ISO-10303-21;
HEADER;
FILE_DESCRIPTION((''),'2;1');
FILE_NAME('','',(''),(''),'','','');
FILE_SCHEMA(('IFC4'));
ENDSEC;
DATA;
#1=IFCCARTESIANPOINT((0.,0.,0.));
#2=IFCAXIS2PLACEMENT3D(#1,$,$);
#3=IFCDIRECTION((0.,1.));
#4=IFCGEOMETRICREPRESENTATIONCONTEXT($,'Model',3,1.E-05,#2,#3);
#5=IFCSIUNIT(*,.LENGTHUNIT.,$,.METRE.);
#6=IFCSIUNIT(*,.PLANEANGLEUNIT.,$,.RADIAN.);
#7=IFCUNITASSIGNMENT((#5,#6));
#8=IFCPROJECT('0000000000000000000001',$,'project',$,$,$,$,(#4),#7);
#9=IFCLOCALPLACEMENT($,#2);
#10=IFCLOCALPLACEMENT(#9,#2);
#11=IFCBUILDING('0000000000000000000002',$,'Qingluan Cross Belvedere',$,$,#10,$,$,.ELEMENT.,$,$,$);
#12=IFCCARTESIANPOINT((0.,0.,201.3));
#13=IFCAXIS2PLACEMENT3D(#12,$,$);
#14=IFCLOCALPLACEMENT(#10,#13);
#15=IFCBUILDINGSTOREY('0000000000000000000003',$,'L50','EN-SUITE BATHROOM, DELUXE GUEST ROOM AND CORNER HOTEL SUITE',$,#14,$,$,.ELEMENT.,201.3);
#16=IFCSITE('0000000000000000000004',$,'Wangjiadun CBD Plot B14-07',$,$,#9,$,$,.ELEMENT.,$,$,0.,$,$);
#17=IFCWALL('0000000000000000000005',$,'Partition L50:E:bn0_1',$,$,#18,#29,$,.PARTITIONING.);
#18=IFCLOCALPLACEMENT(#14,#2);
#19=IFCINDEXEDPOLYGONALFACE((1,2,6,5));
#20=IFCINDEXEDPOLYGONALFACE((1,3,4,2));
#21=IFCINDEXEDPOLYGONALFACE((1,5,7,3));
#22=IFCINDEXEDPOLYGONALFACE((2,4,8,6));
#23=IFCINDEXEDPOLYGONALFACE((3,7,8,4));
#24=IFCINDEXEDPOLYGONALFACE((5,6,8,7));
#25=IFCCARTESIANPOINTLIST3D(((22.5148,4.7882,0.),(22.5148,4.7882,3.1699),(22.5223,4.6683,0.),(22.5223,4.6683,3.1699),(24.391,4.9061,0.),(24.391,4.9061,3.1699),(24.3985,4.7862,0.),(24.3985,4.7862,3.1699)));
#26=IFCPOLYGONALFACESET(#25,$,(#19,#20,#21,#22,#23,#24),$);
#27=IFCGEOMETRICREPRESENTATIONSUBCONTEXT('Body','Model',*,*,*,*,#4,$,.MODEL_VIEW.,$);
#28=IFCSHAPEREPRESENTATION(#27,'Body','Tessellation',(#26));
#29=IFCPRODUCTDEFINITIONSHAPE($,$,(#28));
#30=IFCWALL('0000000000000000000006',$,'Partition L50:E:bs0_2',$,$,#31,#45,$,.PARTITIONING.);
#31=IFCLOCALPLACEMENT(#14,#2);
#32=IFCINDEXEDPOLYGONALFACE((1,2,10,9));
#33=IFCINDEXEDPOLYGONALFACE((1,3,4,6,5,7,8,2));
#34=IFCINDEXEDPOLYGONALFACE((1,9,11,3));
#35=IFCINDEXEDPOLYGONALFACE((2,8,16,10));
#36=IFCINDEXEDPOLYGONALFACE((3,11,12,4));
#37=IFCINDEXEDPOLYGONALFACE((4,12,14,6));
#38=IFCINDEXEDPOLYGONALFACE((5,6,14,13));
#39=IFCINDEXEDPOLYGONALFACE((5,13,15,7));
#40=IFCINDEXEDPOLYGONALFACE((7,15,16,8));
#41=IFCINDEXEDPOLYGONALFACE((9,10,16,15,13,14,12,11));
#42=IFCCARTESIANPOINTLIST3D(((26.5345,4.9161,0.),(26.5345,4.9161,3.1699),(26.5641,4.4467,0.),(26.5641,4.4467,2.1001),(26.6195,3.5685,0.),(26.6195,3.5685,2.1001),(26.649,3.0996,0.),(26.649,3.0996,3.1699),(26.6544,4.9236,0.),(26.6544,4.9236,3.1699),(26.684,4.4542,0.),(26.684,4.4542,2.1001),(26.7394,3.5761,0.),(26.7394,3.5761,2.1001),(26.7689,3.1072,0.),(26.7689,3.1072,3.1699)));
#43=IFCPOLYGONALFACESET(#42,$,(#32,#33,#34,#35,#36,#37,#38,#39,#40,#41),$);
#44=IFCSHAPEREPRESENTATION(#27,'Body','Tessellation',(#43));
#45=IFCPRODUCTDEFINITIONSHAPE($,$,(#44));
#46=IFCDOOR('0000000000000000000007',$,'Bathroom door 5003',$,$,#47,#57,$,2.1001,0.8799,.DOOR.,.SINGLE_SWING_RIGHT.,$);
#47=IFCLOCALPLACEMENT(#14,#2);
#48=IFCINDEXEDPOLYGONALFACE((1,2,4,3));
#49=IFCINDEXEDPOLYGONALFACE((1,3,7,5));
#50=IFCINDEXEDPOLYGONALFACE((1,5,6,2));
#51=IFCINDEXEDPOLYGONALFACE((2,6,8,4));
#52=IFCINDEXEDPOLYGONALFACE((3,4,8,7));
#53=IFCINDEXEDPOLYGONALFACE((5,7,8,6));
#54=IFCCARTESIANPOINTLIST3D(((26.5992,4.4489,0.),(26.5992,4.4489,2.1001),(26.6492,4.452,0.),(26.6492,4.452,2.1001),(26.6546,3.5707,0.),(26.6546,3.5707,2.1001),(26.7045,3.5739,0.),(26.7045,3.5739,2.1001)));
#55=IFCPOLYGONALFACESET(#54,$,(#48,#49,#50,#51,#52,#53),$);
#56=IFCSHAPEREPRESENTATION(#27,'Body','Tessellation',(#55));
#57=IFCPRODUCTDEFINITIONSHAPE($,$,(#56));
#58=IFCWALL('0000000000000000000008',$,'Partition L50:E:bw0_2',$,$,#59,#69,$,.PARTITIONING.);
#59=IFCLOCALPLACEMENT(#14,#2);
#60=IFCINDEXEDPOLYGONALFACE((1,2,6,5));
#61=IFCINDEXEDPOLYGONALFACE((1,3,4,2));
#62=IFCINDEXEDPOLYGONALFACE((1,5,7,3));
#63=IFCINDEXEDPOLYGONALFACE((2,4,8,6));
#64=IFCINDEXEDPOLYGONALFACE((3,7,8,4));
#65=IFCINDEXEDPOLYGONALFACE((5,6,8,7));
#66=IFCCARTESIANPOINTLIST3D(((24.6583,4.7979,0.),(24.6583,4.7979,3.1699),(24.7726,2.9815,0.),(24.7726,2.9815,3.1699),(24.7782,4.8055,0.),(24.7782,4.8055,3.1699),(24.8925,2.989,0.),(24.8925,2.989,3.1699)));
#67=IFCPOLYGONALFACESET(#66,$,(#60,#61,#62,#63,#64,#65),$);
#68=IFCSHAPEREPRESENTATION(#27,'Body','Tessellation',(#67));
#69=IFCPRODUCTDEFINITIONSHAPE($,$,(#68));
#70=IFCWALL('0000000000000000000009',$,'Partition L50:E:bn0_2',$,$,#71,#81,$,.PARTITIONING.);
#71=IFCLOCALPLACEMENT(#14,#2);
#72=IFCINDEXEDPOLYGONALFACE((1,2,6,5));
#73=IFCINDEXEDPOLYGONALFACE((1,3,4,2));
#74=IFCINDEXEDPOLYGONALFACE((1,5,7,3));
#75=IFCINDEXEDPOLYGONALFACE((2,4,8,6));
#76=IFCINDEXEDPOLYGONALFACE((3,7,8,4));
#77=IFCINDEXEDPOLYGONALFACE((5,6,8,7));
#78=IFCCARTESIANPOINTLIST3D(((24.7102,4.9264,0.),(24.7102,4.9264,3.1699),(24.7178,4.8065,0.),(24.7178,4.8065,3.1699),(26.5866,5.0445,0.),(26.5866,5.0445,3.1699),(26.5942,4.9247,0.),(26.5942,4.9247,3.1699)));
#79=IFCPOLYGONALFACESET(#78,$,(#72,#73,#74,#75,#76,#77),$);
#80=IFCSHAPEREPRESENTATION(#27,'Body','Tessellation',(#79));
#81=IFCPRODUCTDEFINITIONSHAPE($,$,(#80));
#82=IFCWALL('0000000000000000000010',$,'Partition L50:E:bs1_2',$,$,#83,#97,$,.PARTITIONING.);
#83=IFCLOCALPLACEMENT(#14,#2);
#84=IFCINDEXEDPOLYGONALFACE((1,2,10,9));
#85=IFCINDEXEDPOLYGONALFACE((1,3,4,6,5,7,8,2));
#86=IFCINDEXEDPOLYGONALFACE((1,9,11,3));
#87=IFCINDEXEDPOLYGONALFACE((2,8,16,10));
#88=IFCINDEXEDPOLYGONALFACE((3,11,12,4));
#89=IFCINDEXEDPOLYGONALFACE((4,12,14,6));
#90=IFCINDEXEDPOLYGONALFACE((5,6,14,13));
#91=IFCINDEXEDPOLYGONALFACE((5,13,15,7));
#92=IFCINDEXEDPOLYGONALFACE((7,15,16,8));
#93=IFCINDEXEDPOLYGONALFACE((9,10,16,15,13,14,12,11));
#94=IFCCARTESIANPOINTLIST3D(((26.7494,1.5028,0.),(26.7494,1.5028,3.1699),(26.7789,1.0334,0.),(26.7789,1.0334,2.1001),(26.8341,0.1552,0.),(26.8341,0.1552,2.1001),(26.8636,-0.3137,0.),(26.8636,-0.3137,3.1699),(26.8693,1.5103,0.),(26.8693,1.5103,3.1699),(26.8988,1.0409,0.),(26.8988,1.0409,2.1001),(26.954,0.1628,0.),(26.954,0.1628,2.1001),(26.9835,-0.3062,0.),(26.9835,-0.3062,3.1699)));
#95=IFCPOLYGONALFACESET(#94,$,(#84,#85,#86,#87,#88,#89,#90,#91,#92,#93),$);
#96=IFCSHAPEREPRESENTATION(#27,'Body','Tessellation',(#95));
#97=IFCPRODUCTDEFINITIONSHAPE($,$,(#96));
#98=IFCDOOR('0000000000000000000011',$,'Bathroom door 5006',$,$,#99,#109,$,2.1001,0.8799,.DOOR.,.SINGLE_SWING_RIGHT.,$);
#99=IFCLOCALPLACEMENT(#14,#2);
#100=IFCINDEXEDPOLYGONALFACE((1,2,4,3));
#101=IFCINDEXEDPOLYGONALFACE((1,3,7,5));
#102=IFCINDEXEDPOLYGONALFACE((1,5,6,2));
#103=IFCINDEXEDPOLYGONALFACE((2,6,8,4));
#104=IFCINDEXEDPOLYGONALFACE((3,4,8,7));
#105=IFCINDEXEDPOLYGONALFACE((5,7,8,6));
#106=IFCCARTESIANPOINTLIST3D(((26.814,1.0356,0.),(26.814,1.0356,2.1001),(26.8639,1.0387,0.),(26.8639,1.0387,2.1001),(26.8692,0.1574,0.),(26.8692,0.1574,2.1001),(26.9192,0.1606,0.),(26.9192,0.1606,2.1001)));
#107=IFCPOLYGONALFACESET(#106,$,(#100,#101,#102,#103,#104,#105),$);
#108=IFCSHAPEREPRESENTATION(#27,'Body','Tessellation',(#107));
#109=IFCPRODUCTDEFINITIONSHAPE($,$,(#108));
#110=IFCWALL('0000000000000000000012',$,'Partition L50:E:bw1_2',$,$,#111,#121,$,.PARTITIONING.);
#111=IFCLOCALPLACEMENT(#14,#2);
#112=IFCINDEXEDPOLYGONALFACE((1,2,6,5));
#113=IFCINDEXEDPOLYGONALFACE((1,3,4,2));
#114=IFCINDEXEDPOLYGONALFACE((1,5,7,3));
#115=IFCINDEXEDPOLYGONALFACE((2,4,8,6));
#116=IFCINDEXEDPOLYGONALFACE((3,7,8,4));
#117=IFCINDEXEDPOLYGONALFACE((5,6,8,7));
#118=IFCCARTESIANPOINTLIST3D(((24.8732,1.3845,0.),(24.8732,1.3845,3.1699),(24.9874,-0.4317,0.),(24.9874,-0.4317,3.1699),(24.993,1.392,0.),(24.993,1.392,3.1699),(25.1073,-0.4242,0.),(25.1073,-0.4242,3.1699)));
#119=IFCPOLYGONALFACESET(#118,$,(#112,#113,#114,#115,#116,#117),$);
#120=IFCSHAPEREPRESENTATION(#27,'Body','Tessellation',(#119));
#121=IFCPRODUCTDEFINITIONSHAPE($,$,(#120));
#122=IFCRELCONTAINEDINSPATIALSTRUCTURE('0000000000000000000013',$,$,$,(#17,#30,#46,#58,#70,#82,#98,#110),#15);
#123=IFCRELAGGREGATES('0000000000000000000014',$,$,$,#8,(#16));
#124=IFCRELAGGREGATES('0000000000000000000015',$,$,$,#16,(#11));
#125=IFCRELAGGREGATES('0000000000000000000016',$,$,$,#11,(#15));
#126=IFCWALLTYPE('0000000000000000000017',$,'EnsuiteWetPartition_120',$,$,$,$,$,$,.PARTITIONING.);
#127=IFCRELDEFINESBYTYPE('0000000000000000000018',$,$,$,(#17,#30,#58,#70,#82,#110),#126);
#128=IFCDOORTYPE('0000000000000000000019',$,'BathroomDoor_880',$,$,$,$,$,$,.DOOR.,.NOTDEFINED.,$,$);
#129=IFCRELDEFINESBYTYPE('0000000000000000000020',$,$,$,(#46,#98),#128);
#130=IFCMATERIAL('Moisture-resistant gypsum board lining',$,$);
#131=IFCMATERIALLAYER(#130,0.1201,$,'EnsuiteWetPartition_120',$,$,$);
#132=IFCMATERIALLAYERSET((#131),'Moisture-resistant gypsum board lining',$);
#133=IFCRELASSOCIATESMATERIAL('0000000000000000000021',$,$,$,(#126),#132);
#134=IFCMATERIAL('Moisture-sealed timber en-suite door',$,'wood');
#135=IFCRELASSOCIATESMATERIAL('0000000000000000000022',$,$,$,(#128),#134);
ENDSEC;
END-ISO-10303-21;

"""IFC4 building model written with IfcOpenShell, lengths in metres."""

from ifc_helpers import new_model, si_unit, direction, frame, frame_2d, origin, place, context, subcontext, project, spatial, rectangle, extrude, material, layer, layer_set, type_object, element, fill, save


model = new_model("IFC4")

# Units and contexts
model_context = context("Model", 3, precision=1e-05, world=origin(), true_north=direction((0.0, 1.0)))
body_context = subcontext(model_context, "Body", "Model", "MODEL_VIEW")
ifc_project = project(units=[si_unit("LENGTHUNIT", "METRE"), si_unit("PLANEANGLEUNIT", "RADIAN")], contexts=[model_context])

# Site, building, storey
site_placement = place(None, origin())
site = spatial("IfcSite", under=ifc_project, at=site_placement, Name="Wangjiadun CBD Plot B14-07", CompositionType="ELEMENT", RefElevation=0.0)
building_placement = place(site_placement, origin())
building = spatial("IfcBuilding", under=site, at=building_placement, Name="Qingluan Cross Belvedere", CompositionType="ELEMENT")
storey_placement = place(building_placement, frame((0.0, 0.0, 201.3)))
storey = spatial("IfcBuildingStorey", under=building, at=storey_placement, Name="L50", Description="EN-SUITE BATHROOM, DELUXE GUEST ROOM AND CORNER HOTEL SUITE", CompositionType="ELEMENT", Elevation=201.3)

# Shared definitions
ifc_material_1 = material(Name="Moisture-resistant gypsum board lining")
ifc_layer_1 = layer(ifc_material_1, 0.1201, Name="EnsuiteWetPartition_120")
ifc_layer_set_1 = layer_set([ifc_layer_1], Name="Moisture-resistant gypsum board lining")
wall_type_1 = type_object("IfcWallType", Name="EnsuiteWetPartition_120", PredefinedType="PARTITIONING", material=ifc_layer_set_1)
ifc_material_2 = material(Name="Moisture-sealed timber en-suite door", Category="wood")
door_type_1 = type_object("IfcDoorType", Name="BathroomDoor_880", OperationType="NOTDEFINED", PredefinedType="DOOR", material=ifc_material_2)

# Wall
wall_1_placement = place(storey_placement, frame((22.5186, 4.7283, 0.0), z_axis=(0.0, 0.0, 1.0), x_axis=(0.998031, 0.062726, 0.0)))
element("IfcWall", 1, at=wall_1_placement, inside=storey, type_object=wall_type_1, Name="Partition L50:E:bn0_1", PredefinedType="PARTITIONING", context=body_context, shape_type="SweptSolid", body=[
    extrude(rectangle(XDim=1.8799, YDim=0.1201, at=frame_2d((0.9399, 0.0))), origin(), (0.0, 0.0, 1.0), 3.1699),
])

# Wall, opening, door
wall_2_placement = place(storey_placement, frame((26.709, 3.1033, 0.0), z_axis=(0.0, 0.0, 1.0), x_axis=(-0.062913, 0.998019, 0.0)))
wall_2 = element("IfcWall", 2, at=wall_2_placement, inside=storey, type_object=wall_type_1, Name="Partition L50:E:bs0_2", PredefinedType="PARTITIONING", context=body_context, shape_type="SweptSolid", body=[
    extrude(rectangle(XDim=1.8201, YDim=0.1201, at=frame_2d((0.9102, 0.0))), origin(), (0.0, 0.0, 1.0), 3.1699),
])
opening_1_placement = place(wall_2_placement, frame((0.47, 0.0, 0.0)))
opening_1 = element("IfcOpeningElement", 3, at=opening_1_placement, cuts=wall_2, PredefinedType="OPENING", context=body_context, shape_type="SweptSolid", body=[
    extrude(rectangle(XDim=0.8799, YDim=2.1001, at=frame_2d((0.4399, 1.05))), frame((0.0, 0.0701, 0.0), z_axis=(0.0, -1.0, 0.0), x_axis=(1.0, 0.0, 0.0)), (0.0, 0.0, 1.0), 0.1401),
])
door_1_placement = place(opening_1_placement, origin())
door_1 = element("IfcDoor", 4, at=door_1_placement, inside=storey, type_object=door_type_1, Name="Bathroom door 5003", OperationType="SINGLE_SWING_RIGHT", OverallHeight=2.1001, OverallWidth=0.8799, PredefinedType="DOOR", context=body_context, shape_type="SweptSolid", body=[
    extrude(rectangle(XDim=0.8799, YDim=2.1001, at=frame_2d((0.4399, 1.05))), frame((0.0, 0.0249, 0.0), z_axis=(0.0, -1.0, 0.0), x_axis=(1.0, 0.0, 0.0)), (0.0, 0.0, 1.0), 0.05),
])
fill(opening_1, door_1)

# Walls
wall_3_placement = place(storey_placement, frame((24.8325, 2.9851, 0.0), z_axis=(0.0, 0.0, 1.0), x_axis=(-0.062779, 0.998027, 0.0)))
element("IfcWall", 5, at=wall_3_placement, inside=storey, type_object=wall_type_1, Name="Partition L50:E:bw0_2", PredefinedType="PARTITIONING", context=body_context, shape_type="SweptSolid", body=[
    extrude(rectangle(XDim=1.8201, YDim=0.1201, at=frame_2d((0.9102, 0.0))), origin(), (0.0, 0.0, 1.0), 3.1699),
])
wall_4_placement = place(storey_placement, frame((24.7141, 4.8665, 0.0), z_axis=(0.0, 0.0, 1.0), x_axis=(0.998023, 0.062847, 0.0)))
element("IfcWall", 6, at=wall_4_placement, inside=storey, type_object=wall_type_1, Name="Partition L50:E:bn0_2", PredefinedType="PARTITIONING", context=body_context, shape_type="SweptSolid", body=[
    extrude(rectangle(XDim=1.8801, YDim=0.1201, at=frame_2d((0.9399, 0.0))), origin(), (0.0, 0.0, 1.0), 3.1699),
])

# Wall, opening, door
wall_5_placement = place(storey_placement, frame((26.9236, -0.3101, 0.0), z_axis=(0.0, 0.0, 1.0), x_axis=(-0.062779, 0.998027, 0.0)))
wall_5 = element("IfcWall", 7, at=wall_5_placement, inside=storey, type_object=wall_type_1, Name="Partition L50:E:bs1_2", PredefinedType="PARTITIONING", context=body_context, shape_type="SweptSolid", body=[
    extrude(rectangle(XDim=1.8201, YDim=0.1201, at=frame_2d((0.9102, 0.0))), origin(), (0.0, 0.0, 1.0), 3.1699),
])
opening_2_placement = place(wall_5_placement, frame((0.47, 0.0, 0.0)))
opening_2 = element("IfcOpeningElement", 8, at=opening_2_placement, cuts=wall_5, PredefinedType="OPENING", context=body_context, shape_type="SweptSolid", body=[
    extrude(rectangle(XDim=0.8799, YDim=2.1001, at=frame_2d((0.4399, 1.05))), frame((0.0, 0.0701, 0.0), z_axis=(0.0, -1.0, 0.0), x_axis=(1.0, 0.0, 0.0)), (0.0, 0.0, 1.0), 0.1401),
])
door_2_placement = place(opening_2_placement, origin())
door_2 = element("IfcDoor", 9, at=door_2_placement, inside=storey, type_object=door_type_1, Name="Bathroom door 5006", OperationType="SINGLE_SWING_RIGHT", OverallHeight=2.1001, OverallWidth=0.8799, PredefinedType="DOOR", context=body_context, shape_type="SweptSolid", body=[
    extrude(rectangle(XDim=0.8799, YDim=2.1001, at=frame_2d((0.4399, 1.05))), frame((0.0, 0.0249, 0.0), z_axis=(0.0, -1.0, 0.0), x_axis=(1.0, 0.0, 0.0)), (0.0, 0.0, 1.0), 0.05),
])
fill(opening_2, door_2)

# Wall
wall_6_placement = place(storey_placement, frame((25.0474, -0.428, 0.0), z_axis=(0.0, 0.0, 1.0), x_axis=(-0.062788, 0.998027, 0.0)))
element("IfcWall", 10, at=wall_6_placement, inside=storey, type_object=wall_type_1, Name="Partition L50:E:bw1_2", PredefinedType="PARTITIONING", context=body_context, shape_type="SweptSolid", body=[
    extrude(rectangle(XDim=1.8198, YDim=0.1201, at=frame_2d((0.9099, 0.0))), origin(), (0.0, 0.0, 1.0), 3.1699),
])

save(model, "model.ifc")
